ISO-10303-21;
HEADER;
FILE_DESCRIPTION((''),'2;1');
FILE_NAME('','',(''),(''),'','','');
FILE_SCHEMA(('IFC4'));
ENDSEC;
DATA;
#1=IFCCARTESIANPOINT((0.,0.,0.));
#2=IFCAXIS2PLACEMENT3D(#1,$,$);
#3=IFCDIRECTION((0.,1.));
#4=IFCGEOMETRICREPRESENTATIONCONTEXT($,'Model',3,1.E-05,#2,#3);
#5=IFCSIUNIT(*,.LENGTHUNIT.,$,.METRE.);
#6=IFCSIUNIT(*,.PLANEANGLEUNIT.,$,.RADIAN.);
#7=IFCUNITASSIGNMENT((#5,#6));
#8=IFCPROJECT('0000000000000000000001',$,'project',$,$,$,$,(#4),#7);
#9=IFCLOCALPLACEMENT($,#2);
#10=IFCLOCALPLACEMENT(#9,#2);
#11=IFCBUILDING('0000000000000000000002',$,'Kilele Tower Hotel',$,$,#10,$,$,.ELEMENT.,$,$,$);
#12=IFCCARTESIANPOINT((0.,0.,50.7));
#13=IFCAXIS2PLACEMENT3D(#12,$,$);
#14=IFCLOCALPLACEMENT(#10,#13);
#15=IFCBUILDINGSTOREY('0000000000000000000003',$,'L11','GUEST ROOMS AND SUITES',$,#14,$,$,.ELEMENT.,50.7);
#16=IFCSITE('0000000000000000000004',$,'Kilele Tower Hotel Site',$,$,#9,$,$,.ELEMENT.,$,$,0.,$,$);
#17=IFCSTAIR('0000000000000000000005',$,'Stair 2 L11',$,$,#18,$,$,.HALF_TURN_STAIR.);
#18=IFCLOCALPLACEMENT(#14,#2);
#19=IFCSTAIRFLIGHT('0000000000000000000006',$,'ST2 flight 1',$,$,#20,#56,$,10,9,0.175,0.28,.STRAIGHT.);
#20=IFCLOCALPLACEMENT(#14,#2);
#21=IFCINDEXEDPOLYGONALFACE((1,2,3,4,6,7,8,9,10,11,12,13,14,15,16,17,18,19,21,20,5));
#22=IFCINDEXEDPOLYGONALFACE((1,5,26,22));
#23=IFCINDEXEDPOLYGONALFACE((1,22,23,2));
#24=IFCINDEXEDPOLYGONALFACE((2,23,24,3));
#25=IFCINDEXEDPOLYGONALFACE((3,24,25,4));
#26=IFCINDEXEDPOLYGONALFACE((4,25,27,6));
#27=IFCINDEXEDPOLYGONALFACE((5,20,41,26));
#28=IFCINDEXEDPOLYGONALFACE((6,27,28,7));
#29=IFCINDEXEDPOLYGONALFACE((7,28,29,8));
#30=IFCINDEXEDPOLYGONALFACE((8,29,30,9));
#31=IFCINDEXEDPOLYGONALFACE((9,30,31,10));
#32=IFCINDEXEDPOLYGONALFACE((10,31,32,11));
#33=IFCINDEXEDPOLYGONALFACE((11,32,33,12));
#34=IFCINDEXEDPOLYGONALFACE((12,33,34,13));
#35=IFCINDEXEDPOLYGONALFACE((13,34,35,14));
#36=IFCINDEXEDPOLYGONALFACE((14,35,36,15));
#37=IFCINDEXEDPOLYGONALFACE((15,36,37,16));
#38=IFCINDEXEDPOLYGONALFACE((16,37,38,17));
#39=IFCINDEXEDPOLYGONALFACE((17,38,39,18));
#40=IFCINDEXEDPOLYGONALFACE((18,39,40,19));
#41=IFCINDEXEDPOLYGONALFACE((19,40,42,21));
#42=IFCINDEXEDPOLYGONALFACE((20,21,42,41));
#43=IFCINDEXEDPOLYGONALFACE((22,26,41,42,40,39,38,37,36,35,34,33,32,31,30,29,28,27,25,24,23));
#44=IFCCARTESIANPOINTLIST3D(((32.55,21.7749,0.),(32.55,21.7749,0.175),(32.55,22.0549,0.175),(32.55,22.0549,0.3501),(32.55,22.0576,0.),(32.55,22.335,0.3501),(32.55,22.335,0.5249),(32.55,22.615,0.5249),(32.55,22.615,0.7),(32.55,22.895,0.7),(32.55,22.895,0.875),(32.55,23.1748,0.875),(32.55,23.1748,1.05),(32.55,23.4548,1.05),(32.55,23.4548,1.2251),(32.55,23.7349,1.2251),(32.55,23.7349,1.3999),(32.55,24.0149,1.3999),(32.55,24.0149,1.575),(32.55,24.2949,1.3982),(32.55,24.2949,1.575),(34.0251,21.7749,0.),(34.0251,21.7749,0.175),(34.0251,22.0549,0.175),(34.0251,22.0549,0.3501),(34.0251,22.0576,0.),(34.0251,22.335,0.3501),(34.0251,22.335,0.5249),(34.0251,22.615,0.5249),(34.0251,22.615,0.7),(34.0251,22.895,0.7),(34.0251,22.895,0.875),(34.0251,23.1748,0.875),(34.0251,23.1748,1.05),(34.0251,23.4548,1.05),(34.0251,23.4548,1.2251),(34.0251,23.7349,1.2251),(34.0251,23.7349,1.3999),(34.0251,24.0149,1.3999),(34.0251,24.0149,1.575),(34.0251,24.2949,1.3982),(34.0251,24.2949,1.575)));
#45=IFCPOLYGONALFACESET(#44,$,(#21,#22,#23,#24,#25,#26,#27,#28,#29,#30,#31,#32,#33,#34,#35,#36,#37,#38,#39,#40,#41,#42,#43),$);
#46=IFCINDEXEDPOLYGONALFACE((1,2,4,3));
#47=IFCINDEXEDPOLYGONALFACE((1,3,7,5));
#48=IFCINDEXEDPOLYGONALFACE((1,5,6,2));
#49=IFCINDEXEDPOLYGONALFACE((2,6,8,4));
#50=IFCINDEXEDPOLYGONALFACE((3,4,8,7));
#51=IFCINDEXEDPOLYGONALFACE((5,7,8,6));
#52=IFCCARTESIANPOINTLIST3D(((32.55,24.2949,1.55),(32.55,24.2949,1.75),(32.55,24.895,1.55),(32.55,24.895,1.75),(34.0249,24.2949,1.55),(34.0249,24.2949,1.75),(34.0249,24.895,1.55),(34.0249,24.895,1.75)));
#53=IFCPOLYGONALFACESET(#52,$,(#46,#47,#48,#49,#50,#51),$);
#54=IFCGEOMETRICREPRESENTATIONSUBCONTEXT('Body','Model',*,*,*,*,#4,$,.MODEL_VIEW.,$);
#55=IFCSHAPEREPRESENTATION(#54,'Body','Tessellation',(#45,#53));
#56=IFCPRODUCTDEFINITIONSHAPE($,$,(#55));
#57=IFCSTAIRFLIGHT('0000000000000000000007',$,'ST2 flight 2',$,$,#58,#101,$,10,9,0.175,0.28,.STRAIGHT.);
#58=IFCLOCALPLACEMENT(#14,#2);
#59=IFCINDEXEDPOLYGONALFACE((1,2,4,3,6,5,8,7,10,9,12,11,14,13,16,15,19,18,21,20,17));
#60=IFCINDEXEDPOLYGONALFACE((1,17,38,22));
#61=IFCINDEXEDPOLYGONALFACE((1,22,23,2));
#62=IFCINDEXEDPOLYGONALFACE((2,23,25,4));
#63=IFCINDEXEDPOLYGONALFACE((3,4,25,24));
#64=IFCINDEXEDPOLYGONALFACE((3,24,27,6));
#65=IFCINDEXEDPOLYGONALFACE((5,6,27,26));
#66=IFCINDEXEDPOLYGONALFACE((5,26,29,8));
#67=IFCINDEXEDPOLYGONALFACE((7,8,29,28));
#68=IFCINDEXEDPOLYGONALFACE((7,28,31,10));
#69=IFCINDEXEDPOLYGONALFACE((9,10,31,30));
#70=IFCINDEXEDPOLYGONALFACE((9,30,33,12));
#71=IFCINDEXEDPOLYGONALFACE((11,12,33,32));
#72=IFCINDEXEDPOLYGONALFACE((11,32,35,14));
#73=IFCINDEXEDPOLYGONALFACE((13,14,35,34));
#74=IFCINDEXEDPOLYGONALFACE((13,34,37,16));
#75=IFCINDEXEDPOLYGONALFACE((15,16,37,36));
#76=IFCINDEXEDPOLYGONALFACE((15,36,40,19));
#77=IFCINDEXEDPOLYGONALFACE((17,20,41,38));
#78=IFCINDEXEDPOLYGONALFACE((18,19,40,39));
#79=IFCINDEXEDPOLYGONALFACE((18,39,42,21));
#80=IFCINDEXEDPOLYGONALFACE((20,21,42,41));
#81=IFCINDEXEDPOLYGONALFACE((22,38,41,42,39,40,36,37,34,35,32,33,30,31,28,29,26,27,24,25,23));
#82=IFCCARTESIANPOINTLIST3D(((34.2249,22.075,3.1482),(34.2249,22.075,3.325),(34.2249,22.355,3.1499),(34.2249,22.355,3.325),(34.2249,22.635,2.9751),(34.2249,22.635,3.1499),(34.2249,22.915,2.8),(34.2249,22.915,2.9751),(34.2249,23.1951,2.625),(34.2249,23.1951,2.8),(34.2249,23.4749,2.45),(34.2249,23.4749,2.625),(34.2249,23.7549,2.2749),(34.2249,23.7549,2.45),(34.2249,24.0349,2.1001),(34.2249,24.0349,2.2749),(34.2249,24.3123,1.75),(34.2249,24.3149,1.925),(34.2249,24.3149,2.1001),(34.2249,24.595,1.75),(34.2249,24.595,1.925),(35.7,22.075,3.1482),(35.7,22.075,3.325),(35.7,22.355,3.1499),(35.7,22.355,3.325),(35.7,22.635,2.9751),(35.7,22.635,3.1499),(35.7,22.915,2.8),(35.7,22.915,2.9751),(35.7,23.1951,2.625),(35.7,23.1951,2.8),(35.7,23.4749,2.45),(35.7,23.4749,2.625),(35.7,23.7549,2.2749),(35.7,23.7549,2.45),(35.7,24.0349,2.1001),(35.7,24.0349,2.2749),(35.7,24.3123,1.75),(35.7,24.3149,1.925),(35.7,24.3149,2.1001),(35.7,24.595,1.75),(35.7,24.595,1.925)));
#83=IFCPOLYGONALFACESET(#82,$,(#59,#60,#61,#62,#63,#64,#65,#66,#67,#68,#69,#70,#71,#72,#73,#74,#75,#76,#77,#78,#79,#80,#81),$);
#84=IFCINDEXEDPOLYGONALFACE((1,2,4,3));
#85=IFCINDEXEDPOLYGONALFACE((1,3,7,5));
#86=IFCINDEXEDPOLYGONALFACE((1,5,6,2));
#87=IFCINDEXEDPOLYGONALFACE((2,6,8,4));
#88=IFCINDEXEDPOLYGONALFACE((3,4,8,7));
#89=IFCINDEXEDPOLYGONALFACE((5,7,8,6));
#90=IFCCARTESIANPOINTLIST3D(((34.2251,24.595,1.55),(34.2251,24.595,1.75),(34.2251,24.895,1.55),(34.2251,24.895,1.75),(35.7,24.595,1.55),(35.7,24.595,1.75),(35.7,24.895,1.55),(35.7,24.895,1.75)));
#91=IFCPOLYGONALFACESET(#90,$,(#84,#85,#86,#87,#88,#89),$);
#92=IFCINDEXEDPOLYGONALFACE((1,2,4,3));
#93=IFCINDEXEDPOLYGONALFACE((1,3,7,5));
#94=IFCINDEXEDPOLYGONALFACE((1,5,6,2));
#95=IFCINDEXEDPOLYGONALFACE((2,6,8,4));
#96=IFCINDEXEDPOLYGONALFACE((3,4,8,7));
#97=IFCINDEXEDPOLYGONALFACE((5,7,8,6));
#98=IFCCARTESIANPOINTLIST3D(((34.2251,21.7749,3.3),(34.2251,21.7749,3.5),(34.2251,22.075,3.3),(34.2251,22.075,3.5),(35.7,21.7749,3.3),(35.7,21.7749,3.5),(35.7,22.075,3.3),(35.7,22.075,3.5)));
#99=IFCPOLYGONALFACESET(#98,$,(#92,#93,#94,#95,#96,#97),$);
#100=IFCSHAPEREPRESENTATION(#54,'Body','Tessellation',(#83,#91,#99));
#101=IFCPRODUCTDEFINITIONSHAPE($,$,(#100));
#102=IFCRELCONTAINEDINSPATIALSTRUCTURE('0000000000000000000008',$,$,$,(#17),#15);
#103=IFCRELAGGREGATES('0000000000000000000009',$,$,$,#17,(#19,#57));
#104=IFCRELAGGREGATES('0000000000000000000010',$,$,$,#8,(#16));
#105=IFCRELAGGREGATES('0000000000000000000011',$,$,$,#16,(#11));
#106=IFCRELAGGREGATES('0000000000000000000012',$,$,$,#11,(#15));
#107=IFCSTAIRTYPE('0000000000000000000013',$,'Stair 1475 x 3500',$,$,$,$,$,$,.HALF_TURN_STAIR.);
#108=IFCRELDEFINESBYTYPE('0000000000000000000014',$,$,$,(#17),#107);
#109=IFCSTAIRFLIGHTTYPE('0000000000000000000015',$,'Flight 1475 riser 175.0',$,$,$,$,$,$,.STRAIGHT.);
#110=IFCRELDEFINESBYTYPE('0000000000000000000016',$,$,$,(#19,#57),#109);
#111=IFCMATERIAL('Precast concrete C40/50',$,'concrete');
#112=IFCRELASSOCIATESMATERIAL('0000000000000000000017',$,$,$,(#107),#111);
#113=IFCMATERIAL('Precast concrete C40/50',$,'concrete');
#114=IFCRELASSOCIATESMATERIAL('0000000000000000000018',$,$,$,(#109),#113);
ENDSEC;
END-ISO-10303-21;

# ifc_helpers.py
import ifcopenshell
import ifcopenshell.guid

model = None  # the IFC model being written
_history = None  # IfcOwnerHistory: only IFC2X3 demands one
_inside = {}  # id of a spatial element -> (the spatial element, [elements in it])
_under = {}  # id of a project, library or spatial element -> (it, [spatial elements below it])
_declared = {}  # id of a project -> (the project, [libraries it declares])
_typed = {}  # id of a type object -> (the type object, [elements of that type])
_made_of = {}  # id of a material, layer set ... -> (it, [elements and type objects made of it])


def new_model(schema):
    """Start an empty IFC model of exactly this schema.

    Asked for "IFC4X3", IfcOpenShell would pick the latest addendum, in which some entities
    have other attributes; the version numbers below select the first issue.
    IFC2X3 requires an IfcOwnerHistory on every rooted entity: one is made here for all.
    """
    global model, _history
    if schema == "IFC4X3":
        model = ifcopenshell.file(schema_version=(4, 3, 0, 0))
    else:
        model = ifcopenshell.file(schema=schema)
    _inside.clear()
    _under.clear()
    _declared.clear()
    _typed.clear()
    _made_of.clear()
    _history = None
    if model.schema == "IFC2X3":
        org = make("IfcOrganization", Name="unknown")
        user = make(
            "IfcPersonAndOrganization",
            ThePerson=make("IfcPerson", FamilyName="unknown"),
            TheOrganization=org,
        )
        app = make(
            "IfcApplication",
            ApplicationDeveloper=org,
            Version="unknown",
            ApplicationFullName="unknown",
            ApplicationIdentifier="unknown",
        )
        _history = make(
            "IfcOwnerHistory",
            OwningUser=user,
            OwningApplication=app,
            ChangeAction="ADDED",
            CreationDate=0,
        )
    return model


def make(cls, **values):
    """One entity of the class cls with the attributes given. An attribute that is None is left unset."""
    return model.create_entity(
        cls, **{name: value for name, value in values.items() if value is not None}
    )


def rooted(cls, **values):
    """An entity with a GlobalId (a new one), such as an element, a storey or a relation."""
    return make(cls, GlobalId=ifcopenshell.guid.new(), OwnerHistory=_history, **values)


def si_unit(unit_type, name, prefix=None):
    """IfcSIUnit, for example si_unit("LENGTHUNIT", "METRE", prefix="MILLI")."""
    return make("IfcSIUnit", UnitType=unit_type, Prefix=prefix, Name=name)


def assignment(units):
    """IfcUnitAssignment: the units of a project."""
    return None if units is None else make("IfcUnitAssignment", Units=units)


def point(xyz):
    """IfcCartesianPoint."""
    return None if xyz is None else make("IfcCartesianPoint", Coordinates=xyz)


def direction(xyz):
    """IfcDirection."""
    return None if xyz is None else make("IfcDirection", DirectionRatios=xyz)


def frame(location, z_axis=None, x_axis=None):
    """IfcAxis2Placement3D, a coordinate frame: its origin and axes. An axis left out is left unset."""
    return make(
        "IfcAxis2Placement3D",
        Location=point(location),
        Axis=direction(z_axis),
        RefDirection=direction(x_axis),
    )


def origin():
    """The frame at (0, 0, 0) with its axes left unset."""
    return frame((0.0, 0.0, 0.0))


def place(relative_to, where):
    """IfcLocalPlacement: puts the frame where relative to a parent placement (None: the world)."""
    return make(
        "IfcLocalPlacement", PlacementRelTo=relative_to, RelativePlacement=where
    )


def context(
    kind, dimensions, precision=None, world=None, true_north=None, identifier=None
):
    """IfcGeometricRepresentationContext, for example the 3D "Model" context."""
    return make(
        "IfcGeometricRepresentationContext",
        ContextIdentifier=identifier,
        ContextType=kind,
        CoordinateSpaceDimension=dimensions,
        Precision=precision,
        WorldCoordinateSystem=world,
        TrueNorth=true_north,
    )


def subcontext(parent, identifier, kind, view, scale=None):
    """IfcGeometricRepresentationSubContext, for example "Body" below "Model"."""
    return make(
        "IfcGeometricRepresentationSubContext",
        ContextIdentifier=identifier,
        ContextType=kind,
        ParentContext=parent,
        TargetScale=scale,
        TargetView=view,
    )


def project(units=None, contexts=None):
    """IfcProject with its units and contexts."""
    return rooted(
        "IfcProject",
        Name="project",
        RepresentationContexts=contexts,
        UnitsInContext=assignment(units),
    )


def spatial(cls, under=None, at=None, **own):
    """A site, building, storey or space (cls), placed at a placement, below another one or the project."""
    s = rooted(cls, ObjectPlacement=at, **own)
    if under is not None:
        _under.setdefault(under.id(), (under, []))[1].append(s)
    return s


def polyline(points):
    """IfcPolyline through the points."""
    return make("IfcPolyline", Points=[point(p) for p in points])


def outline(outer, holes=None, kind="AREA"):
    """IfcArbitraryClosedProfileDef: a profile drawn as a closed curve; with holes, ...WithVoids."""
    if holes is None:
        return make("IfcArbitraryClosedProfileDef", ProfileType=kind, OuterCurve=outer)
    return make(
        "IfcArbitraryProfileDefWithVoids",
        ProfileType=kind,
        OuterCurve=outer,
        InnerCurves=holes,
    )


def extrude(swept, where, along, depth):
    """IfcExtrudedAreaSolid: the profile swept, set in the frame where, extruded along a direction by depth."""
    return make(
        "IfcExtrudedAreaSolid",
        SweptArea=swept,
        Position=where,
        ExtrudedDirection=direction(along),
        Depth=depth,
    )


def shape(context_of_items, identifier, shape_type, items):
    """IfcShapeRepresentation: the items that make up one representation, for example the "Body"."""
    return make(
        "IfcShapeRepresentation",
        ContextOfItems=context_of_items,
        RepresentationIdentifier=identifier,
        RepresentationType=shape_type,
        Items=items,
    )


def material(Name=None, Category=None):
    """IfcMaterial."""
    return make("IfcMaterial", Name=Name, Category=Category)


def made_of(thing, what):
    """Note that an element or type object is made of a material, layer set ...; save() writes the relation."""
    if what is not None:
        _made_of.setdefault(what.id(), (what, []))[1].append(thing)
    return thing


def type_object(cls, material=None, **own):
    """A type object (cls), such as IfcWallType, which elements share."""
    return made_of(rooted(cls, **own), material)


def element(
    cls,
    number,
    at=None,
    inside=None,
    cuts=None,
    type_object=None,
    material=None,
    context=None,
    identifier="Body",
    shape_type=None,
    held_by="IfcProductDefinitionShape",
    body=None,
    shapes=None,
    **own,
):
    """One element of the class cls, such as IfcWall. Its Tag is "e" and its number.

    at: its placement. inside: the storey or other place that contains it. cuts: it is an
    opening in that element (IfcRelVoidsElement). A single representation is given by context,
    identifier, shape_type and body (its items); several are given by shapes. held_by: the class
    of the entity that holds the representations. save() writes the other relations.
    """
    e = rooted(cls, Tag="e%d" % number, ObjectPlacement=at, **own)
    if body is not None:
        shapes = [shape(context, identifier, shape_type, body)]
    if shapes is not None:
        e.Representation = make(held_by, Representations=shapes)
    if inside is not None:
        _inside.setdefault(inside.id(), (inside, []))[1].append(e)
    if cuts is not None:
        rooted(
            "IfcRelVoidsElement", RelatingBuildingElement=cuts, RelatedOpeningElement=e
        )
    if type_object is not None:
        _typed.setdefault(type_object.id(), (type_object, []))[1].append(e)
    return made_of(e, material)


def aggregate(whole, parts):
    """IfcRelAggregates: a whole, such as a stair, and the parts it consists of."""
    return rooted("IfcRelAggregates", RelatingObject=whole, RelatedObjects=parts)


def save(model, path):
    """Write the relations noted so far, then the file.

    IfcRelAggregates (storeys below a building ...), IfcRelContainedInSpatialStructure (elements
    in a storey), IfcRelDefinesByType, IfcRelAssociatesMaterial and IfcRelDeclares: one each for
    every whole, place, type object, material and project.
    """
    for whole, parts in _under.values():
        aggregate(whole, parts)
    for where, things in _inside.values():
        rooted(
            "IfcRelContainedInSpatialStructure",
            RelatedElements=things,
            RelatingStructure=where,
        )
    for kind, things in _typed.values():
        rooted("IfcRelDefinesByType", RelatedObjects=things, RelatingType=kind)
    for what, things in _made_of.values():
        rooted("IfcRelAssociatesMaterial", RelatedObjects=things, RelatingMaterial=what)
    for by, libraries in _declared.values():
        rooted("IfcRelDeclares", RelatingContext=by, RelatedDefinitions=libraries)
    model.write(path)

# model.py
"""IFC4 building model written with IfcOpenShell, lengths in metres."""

from ifc_helpers import new_model, si_unit, direction, frame, origin, place, context, subcontext, project, spatial, polyline, outline, extrude, material, type_object, element, aggregate, save


model = new_model("IFC4")

# Units and contexts
model_context = context("Model", 3, precision=1e-05, world=origin(), true_north=direction((0.0, 1.0)))
body_context = subcontext(model_context, "Body", "Model", "MODEL_VIEW")
ifc_project = project(units=[si_unit("LENGTHUNIT", "METRE"), si_unit("PLANEANGLEUNIT", "RADIAN")], contexts=[model_context])

# Site, building, storey
site_placement = place(None, origin())
site = spatial("IfcSite", under=ifc_project, at=site_placement, Name="Kilele Tower Hotel Site", CompositionType="ELEMENT", RefElevation=0.0)
building_placement = place(site_placement, origin())
building = spatial("IfcBuilding", under=site, at=building_placement, Name="Kilele Tower Hotel", CompositionType="ELEMENT")
storey_placement = place(building_placement, frame((0.0, 0.0, 50.7)))
storey = spatial("IfcBuildingStorey", under=building, at=storey_placement, Name="L11", Description="GUEST ROOMS AND SUITES", CompositionType="ELEMENT", Elevation=50.7)

# Stair, stair flights
ifc_material_1 = material(Name="Precast concrete C40/50", Category="concrete")
stair_type = type_object("IfcStairType", Name="Stair 1475 x 3500", PredefinedType="HALF_TURN_STAIR", material=ifc_material_1)
stair_placement = place(storey_placement, origin())
stair = element("IfcStair", 1, at=stair_placement, inside=storey, type_object=stair_type, Name="Stair 2 L11", PredefinedType="HALF_TURN_STAIR")
ifc_material_2 = material(Name="Precast concrete C40/50", Category="concrete")
stair_flight_type = type_object("IfcStairFlightType", Name="Flight 1475 riser 175.0", PredefinedType="STRAIGHT", material=ifc_material_2)
stair_flight_1_placement = place(storey_placement, frame((33.2876, 21.7749, 0.0), z_axis=(0.0, 0.0, 1.0), x_axis=(0.0, 1.0, 0.0)))
stair_flight_1 = element("IfcStairFlight", 2, at=stair_flight_1_placement, type_object=stair_flight_type, Name="ST2 flight 1", NumberOfRisers=10, NumberOfTreads=9, PredefinedType="STRAIGHT", RiserHeight=0.175, TreadLength=0.28, context=body_context, shape_type="SweptSolid", body=[
    extrude(outline(polyline([(0.0, 0.0), (0.0, 0.175), (0.28, 0.175), (0.28, 0.3501), (0.5601, 0.3501), (0.5601, 0.5249), (0.8401, 0.5249), (0.8401, 0.7), (1.1201, 0.7), (1.1201, 0.875), (1.3999, 0.875), (1.3999, 1.05), (1.6799, 1.05), (1.6799, 1.2251), (1.96, 1.2251), (1.96, 1.3999), (2.24, 1.3999), (2.24, 1.575), (2.52, 1.575), (2.52, 1.75), (2.52, 1.3982), (0.2827, 0.0), (0.0, 0.0)])), frame((0.0, 0.7375, 0.0), z_axis=(0.0, -1.0, 0.0), x_axis=(1.0, 0.0, 0.0)), (0.0, 0.0, 1.0), 1.4751),
    extrude(outline(polyline([(2.52, 0.7375), (2.52, -0.7373), (3.1201, -0.7373), (3.1201, 0.7375), (2.52, 0.7375)])), frame((0.0, 0.0, 1.55)), (0.0, 0.0, 1.0), 0.2),
])
stair_flight_2_placement = place(storey_placement, frame((34.9624, 24.595, 1.75), z_axis=(0.0, 0.0, 1.0), x_axis=(0.0, -1.0, 0.0)))
stair_flight_2 = element("IfcStairFlight", 3, at=stair_flight_2_placement, type_object=stair_flight_type, Name="ST2 flight 2", NumberOfRisers=10, NumberOfTreads=9, PredefinedType="STRAIGHT", RiserHeight=0.175, TreadLength=0.28, context=body_context, shape_type="SweptSolid", body=[
    extrude(outline(polyline([(0.0, 0.0), (0.0, 0.175), (0.28, 0.175), (0.28, 0.3501), (0.5601, 0.3501), (0.5601, 0.5249), (0.8401, 0.5249), (0.8401, 0.7), (1.1201, 0.7), (1.1201, 0.875), (1.3999, 0.875), (1.3999, 1.05), (1.6799, 1.05), (1.6799, 1.2251), (1.96, 1.2251), (1.96, 1.3999), (2.24, 1.3999), (2.24, 1.575), (2.52, 1.575), (2.52, 1.75), (2.52, 1.3982), (0.2827, 0.0), (0.0, 0.0)])), frame((0.0, 0.7375, 0.0), z_axis=(0.0, -1.0, 0.0), x_axis=(1.0, 0.0, 0.0)), (0.0, 0.0, 1.0), 1.4751),
    extrude(outline(polyline([(0.0, -0.7373), (0.0, 0.7375), (-0.3, 0.7375), (-0.3, -0.7373), (0.0, -0.7373)])), frame((0.0, 0.0, -0.2)), (0.0, 0.0, 1.0), 0.2),
    extrude(outline(polyline([(2.8201, -0.7373), (2.8201, 0.7375), (2.52, 0.7375), (2.52, -0.7373), (2.8201, -0.7373)])), frame((0.0, 0.0, 1.55)), (0.0, 0.0, 1.0), 0.2),
])
aggregate(stair, [stair_flight_1, stair_flight_2])

save(model, "model.ifc")
